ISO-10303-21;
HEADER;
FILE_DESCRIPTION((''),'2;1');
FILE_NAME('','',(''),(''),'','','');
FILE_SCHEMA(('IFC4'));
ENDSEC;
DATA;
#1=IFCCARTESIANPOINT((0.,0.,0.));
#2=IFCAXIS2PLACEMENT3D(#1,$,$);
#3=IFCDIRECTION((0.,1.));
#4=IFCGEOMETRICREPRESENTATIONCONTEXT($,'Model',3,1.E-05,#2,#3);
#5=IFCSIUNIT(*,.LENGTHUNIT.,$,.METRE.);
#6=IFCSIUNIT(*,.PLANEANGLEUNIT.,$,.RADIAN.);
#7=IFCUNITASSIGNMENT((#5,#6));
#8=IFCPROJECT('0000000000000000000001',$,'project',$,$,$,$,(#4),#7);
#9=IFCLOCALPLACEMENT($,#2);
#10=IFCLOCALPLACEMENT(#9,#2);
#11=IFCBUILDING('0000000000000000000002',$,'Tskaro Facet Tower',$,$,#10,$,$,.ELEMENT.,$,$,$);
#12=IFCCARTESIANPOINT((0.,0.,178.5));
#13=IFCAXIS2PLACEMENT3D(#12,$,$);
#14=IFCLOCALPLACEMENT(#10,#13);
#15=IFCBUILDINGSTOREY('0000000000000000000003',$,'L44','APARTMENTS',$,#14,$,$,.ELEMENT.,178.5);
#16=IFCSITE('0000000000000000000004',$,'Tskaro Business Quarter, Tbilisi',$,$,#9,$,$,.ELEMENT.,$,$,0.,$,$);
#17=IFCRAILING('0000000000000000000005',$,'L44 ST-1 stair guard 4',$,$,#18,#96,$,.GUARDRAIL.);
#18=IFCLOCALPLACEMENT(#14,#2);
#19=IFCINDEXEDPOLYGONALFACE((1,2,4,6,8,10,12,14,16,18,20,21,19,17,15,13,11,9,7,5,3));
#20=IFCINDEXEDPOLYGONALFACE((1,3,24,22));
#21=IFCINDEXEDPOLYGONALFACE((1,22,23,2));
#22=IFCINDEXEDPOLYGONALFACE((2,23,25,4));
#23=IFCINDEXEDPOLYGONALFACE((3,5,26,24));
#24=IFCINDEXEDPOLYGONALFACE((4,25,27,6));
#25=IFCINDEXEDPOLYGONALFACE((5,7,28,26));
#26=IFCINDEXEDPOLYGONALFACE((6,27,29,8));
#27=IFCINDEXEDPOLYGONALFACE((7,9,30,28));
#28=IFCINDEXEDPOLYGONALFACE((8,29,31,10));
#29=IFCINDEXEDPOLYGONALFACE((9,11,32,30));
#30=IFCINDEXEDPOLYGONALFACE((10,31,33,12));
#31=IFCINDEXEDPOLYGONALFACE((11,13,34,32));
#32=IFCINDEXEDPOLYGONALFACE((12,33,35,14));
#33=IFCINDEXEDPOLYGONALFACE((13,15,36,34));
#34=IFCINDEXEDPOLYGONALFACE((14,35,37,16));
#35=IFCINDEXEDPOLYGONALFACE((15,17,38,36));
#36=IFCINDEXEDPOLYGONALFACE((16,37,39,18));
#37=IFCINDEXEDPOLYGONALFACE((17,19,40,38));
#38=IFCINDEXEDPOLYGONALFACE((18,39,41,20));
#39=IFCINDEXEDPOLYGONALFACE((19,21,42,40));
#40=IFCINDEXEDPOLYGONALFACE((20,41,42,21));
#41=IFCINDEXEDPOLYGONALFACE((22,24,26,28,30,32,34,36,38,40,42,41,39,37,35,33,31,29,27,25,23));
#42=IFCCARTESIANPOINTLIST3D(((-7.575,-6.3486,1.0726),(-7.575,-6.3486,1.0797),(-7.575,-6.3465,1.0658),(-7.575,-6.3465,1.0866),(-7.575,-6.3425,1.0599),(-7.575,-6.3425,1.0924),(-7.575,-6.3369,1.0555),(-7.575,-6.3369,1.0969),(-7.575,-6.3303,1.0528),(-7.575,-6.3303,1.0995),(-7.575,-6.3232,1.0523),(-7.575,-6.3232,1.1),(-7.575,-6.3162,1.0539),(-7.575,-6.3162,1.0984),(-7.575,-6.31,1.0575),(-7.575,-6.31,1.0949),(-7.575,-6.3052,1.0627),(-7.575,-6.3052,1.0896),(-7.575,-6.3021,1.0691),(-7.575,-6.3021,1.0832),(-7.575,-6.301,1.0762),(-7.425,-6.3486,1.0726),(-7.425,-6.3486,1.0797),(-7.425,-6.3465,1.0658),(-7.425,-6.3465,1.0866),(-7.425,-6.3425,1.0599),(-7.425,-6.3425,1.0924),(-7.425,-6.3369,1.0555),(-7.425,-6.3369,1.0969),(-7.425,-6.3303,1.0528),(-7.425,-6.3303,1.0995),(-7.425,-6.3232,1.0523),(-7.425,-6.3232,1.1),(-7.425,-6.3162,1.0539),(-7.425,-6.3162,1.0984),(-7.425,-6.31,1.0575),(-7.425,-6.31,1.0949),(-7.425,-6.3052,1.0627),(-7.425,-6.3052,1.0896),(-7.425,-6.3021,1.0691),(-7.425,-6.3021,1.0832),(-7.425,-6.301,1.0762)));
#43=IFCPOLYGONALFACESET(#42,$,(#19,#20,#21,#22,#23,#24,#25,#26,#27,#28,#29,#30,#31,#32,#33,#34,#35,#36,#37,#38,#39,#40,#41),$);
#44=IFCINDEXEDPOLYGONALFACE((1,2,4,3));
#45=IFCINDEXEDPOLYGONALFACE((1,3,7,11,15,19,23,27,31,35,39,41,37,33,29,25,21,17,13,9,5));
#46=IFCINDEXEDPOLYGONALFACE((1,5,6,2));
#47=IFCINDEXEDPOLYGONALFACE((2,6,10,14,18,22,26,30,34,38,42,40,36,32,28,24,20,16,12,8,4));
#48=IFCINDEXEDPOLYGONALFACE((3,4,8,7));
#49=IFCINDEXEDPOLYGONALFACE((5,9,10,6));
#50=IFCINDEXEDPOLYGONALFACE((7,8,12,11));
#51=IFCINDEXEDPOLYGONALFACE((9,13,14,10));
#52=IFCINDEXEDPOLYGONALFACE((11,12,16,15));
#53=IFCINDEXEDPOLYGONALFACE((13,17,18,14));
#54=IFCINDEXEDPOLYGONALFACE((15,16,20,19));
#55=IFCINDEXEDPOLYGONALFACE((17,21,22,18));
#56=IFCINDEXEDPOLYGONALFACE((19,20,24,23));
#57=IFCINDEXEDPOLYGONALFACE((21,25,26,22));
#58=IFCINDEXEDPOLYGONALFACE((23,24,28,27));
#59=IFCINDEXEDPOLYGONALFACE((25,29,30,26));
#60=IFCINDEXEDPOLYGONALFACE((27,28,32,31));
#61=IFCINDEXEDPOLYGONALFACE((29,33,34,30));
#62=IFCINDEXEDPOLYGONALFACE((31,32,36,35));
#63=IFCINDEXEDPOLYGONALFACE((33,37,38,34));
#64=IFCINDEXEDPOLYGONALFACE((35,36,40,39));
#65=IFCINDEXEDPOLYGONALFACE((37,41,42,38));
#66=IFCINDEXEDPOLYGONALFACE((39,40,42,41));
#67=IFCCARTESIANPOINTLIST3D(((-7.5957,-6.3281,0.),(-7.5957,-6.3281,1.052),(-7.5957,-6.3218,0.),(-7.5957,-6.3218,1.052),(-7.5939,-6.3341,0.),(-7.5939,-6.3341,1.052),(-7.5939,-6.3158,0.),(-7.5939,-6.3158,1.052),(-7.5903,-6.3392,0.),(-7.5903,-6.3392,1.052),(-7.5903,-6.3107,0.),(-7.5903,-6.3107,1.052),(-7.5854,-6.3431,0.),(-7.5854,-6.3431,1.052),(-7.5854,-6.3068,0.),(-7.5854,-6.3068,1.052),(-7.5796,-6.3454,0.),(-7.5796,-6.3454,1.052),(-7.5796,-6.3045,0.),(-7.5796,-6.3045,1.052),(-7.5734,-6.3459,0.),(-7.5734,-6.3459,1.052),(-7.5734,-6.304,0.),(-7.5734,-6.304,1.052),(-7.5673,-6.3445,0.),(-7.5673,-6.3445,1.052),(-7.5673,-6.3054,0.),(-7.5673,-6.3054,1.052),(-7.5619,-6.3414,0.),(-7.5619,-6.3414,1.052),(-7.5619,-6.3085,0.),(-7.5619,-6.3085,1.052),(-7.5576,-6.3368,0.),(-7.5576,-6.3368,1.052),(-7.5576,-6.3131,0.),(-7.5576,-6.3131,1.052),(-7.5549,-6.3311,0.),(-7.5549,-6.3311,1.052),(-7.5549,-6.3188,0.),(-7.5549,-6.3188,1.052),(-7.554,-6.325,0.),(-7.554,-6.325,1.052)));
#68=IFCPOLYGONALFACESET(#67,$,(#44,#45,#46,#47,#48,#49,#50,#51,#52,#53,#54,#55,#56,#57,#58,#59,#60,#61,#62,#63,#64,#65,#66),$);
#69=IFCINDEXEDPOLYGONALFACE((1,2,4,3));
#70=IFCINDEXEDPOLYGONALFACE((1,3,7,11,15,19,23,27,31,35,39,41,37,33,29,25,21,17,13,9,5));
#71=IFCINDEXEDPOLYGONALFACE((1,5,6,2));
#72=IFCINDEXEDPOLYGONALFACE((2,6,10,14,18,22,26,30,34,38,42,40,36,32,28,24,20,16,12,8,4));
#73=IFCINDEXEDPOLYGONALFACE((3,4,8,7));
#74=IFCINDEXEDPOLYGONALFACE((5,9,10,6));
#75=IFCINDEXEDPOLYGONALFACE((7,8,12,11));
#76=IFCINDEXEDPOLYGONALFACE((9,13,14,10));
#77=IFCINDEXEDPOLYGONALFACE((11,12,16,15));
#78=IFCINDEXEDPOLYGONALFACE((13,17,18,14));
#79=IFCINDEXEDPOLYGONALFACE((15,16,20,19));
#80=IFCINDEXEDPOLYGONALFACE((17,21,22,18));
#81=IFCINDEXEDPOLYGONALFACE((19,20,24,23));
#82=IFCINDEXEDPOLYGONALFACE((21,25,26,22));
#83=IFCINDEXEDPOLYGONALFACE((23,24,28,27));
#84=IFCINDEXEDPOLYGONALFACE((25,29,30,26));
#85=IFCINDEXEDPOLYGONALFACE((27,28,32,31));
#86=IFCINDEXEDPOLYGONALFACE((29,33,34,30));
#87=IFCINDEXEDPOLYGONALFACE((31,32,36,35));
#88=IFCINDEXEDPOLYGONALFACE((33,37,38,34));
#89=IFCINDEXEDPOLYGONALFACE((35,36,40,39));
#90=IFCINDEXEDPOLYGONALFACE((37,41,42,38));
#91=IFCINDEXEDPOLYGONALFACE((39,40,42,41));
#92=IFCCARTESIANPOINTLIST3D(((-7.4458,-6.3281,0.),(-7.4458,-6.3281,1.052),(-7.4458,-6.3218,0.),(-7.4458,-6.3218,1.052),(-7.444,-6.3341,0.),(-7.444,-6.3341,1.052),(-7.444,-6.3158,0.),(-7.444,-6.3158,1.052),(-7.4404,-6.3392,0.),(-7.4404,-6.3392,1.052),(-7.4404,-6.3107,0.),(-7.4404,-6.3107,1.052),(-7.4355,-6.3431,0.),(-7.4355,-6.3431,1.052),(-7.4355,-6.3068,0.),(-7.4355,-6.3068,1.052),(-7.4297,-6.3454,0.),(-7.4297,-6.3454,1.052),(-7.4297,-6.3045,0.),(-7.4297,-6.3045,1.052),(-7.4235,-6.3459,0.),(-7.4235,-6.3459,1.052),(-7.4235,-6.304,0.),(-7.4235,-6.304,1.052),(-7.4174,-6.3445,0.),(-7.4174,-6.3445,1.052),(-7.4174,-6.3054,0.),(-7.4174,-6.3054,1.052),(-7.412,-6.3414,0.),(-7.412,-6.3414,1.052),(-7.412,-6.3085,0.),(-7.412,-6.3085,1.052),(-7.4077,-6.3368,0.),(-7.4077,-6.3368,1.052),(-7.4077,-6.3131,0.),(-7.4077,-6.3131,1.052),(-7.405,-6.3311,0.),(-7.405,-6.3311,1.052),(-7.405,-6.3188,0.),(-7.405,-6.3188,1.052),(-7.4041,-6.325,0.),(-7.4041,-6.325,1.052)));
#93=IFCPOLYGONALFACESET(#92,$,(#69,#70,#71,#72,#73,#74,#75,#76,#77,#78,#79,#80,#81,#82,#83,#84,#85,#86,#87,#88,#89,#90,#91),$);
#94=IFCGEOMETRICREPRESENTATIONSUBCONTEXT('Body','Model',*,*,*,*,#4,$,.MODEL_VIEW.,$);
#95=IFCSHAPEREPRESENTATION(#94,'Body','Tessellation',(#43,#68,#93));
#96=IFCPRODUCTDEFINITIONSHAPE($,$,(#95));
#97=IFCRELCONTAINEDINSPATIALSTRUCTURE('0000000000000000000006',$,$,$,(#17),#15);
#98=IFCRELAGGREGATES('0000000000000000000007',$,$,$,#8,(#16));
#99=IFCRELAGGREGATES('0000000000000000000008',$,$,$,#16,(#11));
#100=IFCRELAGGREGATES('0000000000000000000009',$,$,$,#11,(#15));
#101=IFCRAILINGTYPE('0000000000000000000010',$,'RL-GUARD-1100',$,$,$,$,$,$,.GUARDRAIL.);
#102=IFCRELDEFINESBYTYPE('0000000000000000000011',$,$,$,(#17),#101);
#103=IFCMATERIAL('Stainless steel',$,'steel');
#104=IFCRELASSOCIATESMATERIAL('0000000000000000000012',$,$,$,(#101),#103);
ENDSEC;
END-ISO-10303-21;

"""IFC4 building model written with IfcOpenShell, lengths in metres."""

from ifc_helpers import new_model, si_unit, direction, frame, origin, origin_2d, place, context, subcontext, project, spatial, circle, extrude, material, type_object, element, save


model = new_model("IFC4")

# Units and contexts
model_context = context("Model", 3, precision=1e-05, world=origin(), true_north=direction((0.0, 1.0)))
body_context = subcontext(model_context, "Body", "Model", "MODEL_VIEW")
ifc_project = project(units=[si_unit("LENGTHUNIT", "METRE"), si_unit("PLANEANGLEUNIT", "RADIAN")], contexts=[model_context])

# Site, building, storey
site_placement = place(None, origin())
site = spatial("IfcSite", under=ifc_project, at=site_placement, Name="Tskaro Business Quarter, Tbilisi", CompositionType="ELEMENT", RefElevation=0.0)
building_placement = place(site_placement, origin())
building = spatial("IfcBuilding", under=site, at=building_placement, Name="Tskaro Facet Tower", CompositionType="ELEMENT")
storey_placement = place(building_placement, frame((0.0, 0.0, 178.5)))
storey = spatial("IfcBuildingStorey", under=building, at=storey_placement, Name="L44", Description="APARTMENTS", CompositionType="ELEMENT", Elevation=178.5)

# Shared definitions
ifc_material_1 = material(Name="Stainless steel", Category="steel")

# Railing
railing_type_1 = type_object("IfcRailingType", Name="RL-GUARD-1100", PredefinedType="GUARDRAIL", material=ifc_material_1)
railing_1_placement = place(storey_placement, frame((-7.575, -6.325, 0.0)))
element("IfcRailing", 1, at=railing_1_placement, inside=storey, type_object=railing_type_1, Name="L44 ST-1 stair guard 4", PredefinedType="GUARDRAIL", context=body_context, shape_type="SweptSolid", body=[
    extrude(circle(Radius=0.0239, at=origin_2d()), frame((0.0, 0.0, 1.0762), z_axis=(1.0, 0.0, 0.0), x_axis=(0.0, 1.0, 0.0)), (0.0, 0.0, 1.0), 0.1499),
    extrude(circle(Radius=0.021, at=origin_2d()), origin(), (0.0, 0.0, 1.0), 1.052),
    extrude(circle(Radius=0.021, at=origin_2d()), frame((0.1499, 0.0, 0.0)), (0.0, 0.0, 1.0), 1.052),
])

save(model, "model.ifc")
